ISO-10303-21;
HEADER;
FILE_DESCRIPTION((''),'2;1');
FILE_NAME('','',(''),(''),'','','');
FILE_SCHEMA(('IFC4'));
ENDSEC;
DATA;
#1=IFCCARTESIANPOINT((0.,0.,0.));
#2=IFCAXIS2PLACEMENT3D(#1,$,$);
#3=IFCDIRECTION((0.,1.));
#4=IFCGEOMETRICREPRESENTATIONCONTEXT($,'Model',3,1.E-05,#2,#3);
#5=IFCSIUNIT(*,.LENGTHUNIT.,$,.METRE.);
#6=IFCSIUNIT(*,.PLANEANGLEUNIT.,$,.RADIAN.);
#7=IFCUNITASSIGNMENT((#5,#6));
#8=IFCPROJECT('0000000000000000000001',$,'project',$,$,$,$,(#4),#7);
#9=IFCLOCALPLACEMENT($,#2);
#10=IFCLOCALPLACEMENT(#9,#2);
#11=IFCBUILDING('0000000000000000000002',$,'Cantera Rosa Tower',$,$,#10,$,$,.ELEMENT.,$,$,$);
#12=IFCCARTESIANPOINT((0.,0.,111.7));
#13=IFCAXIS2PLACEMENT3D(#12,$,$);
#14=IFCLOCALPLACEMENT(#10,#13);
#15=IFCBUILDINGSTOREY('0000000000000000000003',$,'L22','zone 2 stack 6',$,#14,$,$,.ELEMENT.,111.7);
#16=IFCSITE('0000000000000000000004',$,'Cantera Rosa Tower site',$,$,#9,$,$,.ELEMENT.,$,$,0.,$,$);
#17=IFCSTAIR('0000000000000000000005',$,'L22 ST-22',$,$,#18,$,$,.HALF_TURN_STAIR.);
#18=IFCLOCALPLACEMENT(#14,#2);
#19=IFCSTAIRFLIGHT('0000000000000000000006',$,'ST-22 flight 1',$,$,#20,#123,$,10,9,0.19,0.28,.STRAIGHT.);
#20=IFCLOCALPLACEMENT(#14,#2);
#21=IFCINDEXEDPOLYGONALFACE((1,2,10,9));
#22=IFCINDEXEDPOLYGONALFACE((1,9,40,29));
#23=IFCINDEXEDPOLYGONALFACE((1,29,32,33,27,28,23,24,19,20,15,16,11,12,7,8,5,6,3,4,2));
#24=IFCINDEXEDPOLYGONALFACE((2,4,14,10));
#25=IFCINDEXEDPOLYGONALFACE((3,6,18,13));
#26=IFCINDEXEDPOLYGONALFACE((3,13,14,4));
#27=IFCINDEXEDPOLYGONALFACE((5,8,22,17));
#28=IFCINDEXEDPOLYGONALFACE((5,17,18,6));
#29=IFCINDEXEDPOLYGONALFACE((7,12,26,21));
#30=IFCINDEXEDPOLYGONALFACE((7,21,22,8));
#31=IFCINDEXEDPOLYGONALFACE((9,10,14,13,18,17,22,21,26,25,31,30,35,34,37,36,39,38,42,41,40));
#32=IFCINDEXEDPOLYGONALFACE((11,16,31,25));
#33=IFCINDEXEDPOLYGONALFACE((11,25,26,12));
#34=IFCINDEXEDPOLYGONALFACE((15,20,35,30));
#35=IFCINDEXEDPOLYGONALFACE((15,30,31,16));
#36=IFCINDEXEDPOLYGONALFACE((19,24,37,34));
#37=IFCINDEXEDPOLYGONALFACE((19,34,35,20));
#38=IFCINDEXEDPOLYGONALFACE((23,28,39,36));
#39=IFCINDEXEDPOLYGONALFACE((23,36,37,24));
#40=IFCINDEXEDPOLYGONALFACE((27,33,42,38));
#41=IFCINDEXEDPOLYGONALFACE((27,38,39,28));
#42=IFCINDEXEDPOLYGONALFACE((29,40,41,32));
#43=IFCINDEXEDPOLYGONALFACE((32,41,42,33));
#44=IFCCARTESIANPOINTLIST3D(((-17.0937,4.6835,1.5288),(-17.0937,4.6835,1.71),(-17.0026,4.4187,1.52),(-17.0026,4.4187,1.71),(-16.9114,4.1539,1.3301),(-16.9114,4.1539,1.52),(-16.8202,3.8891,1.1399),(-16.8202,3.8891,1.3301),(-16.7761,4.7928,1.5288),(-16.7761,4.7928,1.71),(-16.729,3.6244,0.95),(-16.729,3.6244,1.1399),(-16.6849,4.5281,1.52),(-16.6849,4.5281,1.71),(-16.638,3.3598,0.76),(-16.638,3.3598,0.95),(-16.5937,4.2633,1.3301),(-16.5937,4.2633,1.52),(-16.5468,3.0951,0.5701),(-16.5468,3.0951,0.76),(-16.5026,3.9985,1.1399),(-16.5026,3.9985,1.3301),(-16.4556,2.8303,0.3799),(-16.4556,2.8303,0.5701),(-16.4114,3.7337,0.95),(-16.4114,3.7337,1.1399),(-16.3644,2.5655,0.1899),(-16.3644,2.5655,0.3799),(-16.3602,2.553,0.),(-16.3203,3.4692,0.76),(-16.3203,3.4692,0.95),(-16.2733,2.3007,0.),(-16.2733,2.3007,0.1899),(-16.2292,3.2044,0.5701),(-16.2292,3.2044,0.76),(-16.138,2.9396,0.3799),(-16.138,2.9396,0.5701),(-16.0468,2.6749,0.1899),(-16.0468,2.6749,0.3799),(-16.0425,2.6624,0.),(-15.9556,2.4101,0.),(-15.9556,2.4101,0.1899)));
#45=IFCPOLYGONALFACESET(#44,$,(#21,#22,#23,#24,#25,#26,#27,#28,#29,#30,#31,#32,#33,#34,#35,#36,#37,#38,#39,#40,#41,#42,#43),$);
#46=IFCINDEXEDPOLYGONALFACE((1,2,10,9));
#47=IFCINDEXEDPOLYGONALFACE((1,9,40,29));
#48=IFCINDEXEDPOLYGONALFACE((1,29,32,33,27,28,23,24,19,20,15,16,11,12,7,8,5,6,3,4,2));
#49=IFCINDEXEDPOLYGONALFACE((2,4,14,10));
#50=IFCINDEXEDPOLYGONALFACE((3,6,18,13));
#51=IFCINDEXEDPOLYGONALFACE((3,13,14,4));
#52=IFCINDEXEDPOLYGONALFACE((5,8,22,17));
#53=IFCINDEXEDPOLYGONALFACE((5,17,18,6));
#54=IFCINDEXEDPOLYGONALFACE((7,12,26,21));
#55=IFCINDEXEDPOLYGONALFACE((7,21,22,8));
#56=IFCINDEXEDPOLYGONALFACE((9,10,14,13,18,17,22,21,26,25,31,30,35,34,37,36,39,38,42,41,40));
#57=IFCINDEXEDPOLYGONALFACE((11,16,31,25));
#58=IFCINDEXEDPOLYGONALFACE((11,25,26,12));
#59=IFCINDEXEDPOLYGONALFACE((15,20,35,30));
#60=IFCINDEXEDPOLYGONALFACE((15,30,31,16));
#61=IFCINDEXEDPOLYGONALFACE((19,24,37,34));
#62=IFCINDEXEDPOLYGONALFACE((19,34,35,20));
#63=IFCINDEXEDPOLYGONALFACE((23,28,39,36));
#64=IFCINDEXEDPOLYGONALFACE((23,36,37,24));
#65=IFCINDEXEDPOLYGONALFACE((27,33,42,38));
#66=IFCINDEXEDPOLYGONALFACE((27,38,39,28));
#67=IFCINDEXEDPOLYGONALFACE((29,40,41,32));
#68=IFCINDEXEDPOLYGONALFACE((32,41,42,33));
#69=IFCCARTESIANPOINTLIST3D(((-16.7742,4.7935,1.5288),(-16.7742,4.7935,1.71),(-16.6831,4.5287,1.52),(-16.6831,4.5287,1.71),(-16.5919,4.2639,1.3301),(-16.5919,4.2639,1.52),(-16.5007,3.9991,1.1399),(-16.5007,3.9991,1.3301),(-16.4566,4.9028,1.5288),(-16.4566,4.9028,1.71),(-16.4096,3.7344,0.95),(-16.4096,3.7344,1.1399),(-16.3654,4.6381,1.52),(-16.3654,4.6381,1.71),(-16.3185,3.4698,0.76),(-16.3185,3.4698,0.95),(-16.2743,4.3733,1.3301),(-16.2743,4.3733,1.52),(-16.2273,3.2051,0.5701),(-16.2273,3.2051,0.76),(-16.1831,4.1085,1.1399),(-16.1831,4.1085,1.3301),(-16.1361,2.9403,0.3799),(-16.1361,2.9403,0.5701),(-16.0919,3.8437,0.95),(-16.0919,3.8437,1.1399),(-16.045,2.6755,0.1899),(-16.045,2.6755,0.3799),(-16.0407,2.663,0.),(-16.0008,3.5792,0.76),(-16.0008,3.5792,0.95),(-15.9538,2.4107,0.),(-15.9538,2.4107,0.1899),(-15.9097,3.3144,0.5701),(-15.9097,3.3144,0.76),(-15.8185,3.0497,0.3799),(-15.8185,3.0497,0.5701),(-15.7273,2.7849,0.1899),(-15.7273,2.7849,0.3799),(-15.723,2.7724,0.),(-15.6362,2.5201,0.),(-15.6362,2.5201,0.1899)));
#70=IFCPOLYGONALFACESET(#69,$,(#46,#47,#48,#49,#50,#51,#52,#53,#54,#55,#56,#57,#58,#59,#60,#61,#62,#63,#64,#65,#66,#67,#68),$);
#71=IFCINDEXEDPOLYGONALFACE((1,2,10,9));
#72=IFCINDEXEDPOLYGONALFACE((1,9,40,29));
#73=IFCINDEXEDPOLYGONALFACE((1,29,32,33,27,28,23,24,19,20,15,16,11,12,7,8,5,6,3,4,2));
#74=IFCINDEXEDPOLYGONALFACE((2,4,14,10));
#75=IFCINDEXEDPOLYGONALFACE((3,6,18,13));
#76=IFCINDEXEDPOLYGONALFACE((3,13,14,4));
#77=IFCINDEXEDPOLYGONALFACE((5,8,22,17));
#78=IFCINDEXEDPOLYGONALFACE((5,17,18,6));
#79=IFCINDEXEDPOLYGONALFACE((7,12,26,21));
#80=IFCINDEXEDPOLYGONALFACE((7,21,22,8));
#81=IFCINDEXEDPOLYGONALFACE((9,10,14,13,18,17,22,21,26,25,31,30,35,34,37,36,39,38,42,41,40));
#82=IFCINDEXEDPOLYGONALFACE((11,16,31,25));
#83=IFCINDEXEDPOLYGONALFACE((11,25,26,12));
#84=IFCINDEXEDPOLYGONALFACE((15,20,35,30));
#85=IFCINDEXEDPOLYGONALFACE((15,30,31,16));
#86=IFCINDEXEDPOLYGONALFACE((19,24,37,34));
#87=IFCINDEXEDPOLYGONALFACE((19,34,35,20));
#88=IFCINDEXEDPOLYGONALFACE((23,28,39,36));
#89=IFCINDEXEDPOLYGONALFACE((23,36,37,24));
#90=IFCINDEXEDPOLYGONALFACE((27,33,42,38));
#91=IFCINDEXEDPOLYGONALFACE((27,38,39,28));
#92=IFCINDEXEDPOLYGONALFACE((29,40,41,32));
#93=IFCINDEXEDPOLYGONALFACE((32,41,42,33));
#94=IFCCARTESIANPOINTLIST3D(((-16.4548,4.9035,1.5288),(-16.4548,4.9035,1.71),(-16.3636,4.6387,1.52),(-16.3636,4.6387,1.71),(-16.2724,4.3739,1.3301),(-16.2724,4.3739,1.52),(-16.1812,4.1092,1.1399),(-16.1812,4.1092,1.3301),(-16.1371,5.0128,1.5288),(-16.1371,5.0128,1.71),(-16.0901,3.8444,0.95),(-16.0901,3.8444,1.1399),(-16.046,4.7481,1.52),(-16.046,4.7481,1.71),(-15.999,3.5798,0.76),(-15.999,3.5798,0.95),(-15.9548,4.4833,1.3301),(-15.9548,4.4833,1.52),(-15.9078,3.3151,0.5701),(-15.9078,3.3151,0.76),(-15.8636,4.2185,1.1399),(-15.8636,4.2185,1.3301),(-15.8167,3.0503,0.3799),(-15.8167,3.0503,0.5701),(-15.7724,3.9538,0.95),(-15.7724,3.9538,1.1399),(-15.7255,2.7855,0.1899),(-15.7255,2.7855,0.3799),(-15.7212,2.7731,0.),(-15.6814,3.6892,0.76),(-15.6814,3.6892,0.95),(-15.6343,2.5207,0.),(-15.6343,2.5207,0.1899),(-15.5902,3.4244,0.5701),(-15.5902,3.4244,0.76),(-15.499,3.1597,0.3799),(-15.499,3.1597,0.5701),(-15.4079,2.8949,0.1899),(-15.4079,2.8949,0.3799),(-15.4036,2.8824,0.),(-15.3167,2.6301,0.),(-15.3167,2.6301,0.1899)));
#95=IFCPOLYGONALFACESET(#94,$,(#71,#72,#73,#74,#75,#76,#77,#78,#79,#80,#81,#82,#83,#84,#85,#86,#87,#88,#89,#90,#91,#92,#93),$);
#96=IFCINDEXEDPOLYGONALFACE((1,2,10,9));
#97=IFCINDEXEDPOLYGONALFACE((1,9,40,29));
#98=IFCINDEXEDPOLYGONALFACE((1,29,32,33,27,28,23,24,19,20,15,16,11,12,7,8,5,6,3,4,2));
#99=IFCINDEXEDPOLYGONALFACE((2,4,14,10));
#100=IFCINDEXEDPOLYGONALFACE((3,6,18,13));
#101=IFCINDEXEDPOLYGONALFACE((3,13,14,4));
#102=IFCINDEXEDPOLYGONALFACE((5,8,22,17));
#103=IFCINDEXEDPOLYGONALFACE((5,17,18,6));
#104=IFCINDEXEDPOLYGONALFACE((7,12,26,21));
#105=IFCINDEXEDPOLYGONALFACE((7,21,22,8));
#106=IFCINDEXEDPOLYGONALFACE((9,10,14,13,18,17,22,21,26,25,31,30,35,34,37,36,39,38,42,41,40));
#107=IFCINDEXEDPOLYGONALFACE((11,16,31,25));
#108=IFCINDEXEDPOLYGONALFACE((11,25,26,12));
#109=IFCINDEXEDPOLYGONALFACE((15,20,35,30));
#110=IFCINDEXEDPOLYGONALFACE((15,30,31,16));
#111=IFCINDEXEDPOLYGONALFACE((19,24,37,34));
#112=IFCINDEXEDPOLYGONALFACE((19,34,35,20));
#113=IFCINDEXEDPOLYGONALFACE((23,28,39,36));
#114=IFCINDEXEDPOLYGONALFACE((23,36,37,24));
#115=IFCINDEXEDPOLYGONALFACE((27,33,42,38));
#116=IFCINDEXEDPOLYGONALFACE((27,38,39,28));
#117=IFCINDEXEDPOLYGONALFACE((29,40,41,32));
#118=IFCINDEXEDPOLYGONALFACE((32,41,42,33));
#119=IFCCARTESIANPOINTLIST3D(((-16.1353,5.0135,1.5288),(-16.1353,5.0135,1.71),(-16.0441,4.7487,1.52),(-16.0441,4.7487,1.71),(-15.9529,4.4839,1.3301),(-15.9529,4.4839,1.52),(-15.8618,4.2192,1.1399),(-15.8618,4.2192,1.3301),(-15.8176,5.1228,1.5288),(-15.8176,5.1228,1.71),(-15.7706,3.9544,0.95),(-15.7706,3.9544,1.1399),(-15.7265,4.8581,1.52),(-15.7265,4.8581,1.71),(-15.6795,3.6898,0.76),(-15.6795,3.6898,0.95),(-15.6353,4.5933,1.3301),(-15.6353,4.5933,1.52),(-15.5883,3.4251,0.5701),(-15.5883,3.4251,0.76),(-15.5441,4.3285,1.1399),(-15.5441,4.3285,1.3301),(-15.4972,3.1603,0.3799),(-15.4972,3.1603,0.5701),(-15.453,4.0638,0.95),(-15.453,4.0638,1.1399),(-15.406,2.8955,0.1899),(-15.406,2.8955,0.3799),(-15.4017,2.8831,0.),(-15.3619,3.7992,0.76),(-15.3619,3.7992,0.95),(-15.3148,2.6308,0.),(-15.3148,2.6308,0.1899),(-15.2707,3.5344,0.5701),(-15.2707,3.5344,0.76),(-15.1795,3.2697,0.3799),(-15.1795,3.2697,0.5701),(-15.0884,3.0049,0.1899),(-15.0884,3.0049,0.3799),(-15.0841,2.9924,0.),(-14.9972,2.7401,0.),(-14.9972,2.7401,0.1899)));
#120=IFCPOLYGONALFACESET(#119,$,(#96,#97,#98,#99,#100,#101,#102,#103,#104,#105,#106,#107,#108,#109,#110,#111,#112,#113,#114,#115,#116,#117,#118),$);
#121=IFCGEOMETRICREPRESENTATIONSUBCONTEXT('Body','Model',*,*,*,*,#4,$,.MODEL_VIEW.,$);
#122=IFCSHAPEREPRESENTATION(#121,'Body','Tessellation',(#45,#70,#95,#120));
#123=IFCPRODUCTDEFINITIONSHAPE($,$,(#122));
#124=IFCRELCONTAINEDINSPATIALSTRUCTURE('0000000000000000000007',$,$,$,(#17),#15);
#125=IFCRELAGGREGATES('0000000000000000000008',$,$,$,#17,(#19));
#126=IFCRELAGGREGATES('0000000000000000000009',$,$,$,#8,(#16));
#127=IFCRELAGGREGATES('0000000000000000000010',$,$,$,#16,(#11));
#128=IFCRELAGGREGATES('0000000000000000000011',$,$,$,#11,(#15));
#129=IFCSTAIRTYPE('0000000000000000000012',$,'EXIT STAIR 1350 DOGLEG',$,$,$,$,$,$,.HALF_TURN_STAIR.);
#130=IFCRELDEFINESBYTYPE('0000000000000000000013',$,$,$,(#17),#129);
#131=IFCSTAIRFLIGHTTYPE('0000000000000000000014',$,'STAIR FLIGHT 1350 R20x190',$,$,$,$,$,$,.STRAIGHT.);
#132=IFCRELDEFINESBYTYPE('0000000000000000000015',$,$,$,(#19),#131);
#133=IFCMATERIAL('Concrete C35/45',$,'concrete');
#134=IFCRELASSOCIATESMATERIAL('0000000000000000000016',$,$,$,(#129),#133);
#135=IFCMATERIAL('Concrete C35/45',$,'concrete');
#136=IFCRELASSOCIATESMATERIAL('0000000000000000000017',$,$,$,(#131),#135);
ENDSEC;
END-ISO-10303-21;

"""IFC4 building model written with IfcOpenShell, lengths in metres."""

from ifc_helpers import new_model, si_unit, direction, frame, origin, place, context, subcontext, project, spatial, polyline, outline, extrude, material, type_object, element, aggregate, save


model = new_model("IFC4")

# Units and contexts
model_context = context("Model", 3, precision=1e-05, world=origin(), true_north=direction((0.0, 1.0)))
body_context = subcontext(model_context, "Body", "Model", "MODEL_VIEW")
ifc_project = project(units=[si_unit("LENGTHUNIT", "METRE"), si_unit("PLANEANGLEUNIT", "RADIAN")], contexts=[model_context])

# Site, building, storey
site_placement = place(None, origin())
site = spatial("IfcSite", under=ifc_project, at=site_placement, Name="Cantera Rosa Tower site", CompositionType="ELEMENT", RefElevation=0.0)
building_placement = place(site_placement, origin())
building = spatial("IfcBuilding", under=site, at=building_placement, Name="Cantera Rosa Tower", CompositionType="ELEMENT")
storey_placement = place(building_placement, frame((0.0, 0.0, 111.7)))
storey = spatial("IfcBuildingStorey", under=building, at=storey_placement, Name="L22", Description="zone 2 stack 6", CompositionType="ELEMENT", Elevation=111.7)

# Stair, stair flight
ifc_material_1 = material(Name="Concrete C35/45", Category="concrete")
stair_type = type_object("IfcStairType", Name="EXIT STAIR 1350 DOGLEG", PredefinedType="HALF_TURN_STAIR", material=ifc_material_1)
stair_placement = place(storey_placement, origin())
stair = element("IfcStair", 1, at=stair_placement, inside=storey, type_object=stair_type, Name="L22 ST-22", PredefinedType="HALF_TURN_STAIR")
ifc_material_2 = material(Name="Concrete C35/45", Category="concrete")
stair_flight_type = type_object("IfcStairFlightType", Name="STAIR FLIGHT 1350 R20x190", PredefinedType="STRAIGHT", material=ifc_material_2)
stair_flight_placement = place(storey_placement, frame((-15.635, 2.5205, 0.0), z_axis=(0.0, 0.0, 1.0), x_axis=(-0.325568, 0.945519, 0.0)))
stair_flight = element("IfcStairFlight", 2, at=stair_flight_placement, type_object=stair_flight_type, Name="ST-22 flight 1", NumberOfRisers=10, NumberOfTreads=9, PredefinedType="STRAIGHT", RiserHeight=0.19, TreadLength=0.28, context=body_context, shape_type="SweptSolid", body=[
    extrude(outline(polyline([(0.0, 0.0), (0.0, 0.1899), (0.28, 0.1899), (0.28, 0.3799), (0.5601, 0.3799), (0.5601, 0.5701), (0.8401, 0.5701), (0.8401, 0.76), (1.1201, 0.76), (1.1201, 0.95), (1.3999, 0.95), (1.3999, 1.1399), (1.6799, 1.1399), (1.6799, 1.3301), (1.96, 1.3301), (1.96, 1.52), (2.24, 1.52), (2.24, 1.71), (2.52, 1.71), (2.52, 1.8999), (2.52, 1.5288), (0.2668, 0.0), (0.0, 0.0)])), frame((0.0, 0.675, 0.0), z_axis=(0.0, -1.0, 0.0), x_axis=(1.0, 0.0, 0.0)), (0.0, 0.0, 1.0), 0.3359),
    extrude(outline(polyline([(0.0, 0.0), (0.0, 0.1899), (0.28, 0.1899), (0.28, 0.3799), (0.5601, 0.3799), (0.5601, 0.5701), (0.8401, 0.5701), (0.8401, 0.76), (1.1201, 0.76), (1.1201, 0.95), (1.3999, 0.95), (1.3999, 1.1399), (1.6799, 1.1399), (1.6799, 1.3301), (1.96, 1.3301), (1.96, 1.52), (2.24, 1.52), (2.24, 1.71), (2.52, 1.71), (2.52, 1.8999), (2.52, 1.5288), (0.2668, 0.0), (0.0, 0.0)])), frame((0.0, 0.3372, 0.0), z_axis=(0.0, -1.0, 0.0), x_axis=(1.0, 0.0, 0.0)), (0.0, 0.0, 1.0), 0.3359),
    extrude(outline(polyline([(0.0, 0.0), (0.0, 0.1899), (0.28, 0.1899), (0.28, 0.3799), (0.5601, 0.3799), (0.5601, 0.5701), (0.8401, 0.5701), (0.8401, 0.76), (1.1201, 0.76), (1.1201, 0.95), (1.3999, 0.95), (1.3999, 1.1399), (1.6799, 1.1399), (1.6799, 1.3301), (1.96, 1.3301), (1.96, 1.52), (2.24, 1.52), (2.24, 1.71), (2.52, 1.71), (2.52, 1.8999), (2.52, 1.5288), (0.2668, 0.0), (0.0, 0.0)])), frame((0.0, -0.0007, 0.0), z_axis=(0.0, -1.0, 0.0), x_axis=(1.0, 0.0, 0.0)), (0.0, 0.0, 1.0), 0.3359),
    extrude(outline(polyline([(0.0, 0.0), (0.0, 0.1899), (0.28, 0.1899), (0.28, 0.3799), (0.5601, 0.3799), (0.5601, 0.5701), (0.8401, 0.5701), (0.8401, 0.76), (1.1201, 0.76), (1.1201, 0.95), (1.3999, 0.95), (1.3999, 1.1399), (1.6799, 1.1399), (1.6799, 1.3301), (1.96, 1.3301), (1.96, 1.52), (2.24, 1.52), (2.24, 1.71), (2.52, 1.71), (2.52, 1.8999), (2.52, 1.5288), (0.2668, 0.0), (0.0, 0.0)])), frame((0.0, -0.3386, 0.0), z_axis=(0.0, -1.0, 0.0), x_axis=(1.0, 0.0, 0.0)), (0.0, 0.0, 1.0), 0.3359),
])
aggregate(stair, [stair_flight])

save(model, "model.ifc")
